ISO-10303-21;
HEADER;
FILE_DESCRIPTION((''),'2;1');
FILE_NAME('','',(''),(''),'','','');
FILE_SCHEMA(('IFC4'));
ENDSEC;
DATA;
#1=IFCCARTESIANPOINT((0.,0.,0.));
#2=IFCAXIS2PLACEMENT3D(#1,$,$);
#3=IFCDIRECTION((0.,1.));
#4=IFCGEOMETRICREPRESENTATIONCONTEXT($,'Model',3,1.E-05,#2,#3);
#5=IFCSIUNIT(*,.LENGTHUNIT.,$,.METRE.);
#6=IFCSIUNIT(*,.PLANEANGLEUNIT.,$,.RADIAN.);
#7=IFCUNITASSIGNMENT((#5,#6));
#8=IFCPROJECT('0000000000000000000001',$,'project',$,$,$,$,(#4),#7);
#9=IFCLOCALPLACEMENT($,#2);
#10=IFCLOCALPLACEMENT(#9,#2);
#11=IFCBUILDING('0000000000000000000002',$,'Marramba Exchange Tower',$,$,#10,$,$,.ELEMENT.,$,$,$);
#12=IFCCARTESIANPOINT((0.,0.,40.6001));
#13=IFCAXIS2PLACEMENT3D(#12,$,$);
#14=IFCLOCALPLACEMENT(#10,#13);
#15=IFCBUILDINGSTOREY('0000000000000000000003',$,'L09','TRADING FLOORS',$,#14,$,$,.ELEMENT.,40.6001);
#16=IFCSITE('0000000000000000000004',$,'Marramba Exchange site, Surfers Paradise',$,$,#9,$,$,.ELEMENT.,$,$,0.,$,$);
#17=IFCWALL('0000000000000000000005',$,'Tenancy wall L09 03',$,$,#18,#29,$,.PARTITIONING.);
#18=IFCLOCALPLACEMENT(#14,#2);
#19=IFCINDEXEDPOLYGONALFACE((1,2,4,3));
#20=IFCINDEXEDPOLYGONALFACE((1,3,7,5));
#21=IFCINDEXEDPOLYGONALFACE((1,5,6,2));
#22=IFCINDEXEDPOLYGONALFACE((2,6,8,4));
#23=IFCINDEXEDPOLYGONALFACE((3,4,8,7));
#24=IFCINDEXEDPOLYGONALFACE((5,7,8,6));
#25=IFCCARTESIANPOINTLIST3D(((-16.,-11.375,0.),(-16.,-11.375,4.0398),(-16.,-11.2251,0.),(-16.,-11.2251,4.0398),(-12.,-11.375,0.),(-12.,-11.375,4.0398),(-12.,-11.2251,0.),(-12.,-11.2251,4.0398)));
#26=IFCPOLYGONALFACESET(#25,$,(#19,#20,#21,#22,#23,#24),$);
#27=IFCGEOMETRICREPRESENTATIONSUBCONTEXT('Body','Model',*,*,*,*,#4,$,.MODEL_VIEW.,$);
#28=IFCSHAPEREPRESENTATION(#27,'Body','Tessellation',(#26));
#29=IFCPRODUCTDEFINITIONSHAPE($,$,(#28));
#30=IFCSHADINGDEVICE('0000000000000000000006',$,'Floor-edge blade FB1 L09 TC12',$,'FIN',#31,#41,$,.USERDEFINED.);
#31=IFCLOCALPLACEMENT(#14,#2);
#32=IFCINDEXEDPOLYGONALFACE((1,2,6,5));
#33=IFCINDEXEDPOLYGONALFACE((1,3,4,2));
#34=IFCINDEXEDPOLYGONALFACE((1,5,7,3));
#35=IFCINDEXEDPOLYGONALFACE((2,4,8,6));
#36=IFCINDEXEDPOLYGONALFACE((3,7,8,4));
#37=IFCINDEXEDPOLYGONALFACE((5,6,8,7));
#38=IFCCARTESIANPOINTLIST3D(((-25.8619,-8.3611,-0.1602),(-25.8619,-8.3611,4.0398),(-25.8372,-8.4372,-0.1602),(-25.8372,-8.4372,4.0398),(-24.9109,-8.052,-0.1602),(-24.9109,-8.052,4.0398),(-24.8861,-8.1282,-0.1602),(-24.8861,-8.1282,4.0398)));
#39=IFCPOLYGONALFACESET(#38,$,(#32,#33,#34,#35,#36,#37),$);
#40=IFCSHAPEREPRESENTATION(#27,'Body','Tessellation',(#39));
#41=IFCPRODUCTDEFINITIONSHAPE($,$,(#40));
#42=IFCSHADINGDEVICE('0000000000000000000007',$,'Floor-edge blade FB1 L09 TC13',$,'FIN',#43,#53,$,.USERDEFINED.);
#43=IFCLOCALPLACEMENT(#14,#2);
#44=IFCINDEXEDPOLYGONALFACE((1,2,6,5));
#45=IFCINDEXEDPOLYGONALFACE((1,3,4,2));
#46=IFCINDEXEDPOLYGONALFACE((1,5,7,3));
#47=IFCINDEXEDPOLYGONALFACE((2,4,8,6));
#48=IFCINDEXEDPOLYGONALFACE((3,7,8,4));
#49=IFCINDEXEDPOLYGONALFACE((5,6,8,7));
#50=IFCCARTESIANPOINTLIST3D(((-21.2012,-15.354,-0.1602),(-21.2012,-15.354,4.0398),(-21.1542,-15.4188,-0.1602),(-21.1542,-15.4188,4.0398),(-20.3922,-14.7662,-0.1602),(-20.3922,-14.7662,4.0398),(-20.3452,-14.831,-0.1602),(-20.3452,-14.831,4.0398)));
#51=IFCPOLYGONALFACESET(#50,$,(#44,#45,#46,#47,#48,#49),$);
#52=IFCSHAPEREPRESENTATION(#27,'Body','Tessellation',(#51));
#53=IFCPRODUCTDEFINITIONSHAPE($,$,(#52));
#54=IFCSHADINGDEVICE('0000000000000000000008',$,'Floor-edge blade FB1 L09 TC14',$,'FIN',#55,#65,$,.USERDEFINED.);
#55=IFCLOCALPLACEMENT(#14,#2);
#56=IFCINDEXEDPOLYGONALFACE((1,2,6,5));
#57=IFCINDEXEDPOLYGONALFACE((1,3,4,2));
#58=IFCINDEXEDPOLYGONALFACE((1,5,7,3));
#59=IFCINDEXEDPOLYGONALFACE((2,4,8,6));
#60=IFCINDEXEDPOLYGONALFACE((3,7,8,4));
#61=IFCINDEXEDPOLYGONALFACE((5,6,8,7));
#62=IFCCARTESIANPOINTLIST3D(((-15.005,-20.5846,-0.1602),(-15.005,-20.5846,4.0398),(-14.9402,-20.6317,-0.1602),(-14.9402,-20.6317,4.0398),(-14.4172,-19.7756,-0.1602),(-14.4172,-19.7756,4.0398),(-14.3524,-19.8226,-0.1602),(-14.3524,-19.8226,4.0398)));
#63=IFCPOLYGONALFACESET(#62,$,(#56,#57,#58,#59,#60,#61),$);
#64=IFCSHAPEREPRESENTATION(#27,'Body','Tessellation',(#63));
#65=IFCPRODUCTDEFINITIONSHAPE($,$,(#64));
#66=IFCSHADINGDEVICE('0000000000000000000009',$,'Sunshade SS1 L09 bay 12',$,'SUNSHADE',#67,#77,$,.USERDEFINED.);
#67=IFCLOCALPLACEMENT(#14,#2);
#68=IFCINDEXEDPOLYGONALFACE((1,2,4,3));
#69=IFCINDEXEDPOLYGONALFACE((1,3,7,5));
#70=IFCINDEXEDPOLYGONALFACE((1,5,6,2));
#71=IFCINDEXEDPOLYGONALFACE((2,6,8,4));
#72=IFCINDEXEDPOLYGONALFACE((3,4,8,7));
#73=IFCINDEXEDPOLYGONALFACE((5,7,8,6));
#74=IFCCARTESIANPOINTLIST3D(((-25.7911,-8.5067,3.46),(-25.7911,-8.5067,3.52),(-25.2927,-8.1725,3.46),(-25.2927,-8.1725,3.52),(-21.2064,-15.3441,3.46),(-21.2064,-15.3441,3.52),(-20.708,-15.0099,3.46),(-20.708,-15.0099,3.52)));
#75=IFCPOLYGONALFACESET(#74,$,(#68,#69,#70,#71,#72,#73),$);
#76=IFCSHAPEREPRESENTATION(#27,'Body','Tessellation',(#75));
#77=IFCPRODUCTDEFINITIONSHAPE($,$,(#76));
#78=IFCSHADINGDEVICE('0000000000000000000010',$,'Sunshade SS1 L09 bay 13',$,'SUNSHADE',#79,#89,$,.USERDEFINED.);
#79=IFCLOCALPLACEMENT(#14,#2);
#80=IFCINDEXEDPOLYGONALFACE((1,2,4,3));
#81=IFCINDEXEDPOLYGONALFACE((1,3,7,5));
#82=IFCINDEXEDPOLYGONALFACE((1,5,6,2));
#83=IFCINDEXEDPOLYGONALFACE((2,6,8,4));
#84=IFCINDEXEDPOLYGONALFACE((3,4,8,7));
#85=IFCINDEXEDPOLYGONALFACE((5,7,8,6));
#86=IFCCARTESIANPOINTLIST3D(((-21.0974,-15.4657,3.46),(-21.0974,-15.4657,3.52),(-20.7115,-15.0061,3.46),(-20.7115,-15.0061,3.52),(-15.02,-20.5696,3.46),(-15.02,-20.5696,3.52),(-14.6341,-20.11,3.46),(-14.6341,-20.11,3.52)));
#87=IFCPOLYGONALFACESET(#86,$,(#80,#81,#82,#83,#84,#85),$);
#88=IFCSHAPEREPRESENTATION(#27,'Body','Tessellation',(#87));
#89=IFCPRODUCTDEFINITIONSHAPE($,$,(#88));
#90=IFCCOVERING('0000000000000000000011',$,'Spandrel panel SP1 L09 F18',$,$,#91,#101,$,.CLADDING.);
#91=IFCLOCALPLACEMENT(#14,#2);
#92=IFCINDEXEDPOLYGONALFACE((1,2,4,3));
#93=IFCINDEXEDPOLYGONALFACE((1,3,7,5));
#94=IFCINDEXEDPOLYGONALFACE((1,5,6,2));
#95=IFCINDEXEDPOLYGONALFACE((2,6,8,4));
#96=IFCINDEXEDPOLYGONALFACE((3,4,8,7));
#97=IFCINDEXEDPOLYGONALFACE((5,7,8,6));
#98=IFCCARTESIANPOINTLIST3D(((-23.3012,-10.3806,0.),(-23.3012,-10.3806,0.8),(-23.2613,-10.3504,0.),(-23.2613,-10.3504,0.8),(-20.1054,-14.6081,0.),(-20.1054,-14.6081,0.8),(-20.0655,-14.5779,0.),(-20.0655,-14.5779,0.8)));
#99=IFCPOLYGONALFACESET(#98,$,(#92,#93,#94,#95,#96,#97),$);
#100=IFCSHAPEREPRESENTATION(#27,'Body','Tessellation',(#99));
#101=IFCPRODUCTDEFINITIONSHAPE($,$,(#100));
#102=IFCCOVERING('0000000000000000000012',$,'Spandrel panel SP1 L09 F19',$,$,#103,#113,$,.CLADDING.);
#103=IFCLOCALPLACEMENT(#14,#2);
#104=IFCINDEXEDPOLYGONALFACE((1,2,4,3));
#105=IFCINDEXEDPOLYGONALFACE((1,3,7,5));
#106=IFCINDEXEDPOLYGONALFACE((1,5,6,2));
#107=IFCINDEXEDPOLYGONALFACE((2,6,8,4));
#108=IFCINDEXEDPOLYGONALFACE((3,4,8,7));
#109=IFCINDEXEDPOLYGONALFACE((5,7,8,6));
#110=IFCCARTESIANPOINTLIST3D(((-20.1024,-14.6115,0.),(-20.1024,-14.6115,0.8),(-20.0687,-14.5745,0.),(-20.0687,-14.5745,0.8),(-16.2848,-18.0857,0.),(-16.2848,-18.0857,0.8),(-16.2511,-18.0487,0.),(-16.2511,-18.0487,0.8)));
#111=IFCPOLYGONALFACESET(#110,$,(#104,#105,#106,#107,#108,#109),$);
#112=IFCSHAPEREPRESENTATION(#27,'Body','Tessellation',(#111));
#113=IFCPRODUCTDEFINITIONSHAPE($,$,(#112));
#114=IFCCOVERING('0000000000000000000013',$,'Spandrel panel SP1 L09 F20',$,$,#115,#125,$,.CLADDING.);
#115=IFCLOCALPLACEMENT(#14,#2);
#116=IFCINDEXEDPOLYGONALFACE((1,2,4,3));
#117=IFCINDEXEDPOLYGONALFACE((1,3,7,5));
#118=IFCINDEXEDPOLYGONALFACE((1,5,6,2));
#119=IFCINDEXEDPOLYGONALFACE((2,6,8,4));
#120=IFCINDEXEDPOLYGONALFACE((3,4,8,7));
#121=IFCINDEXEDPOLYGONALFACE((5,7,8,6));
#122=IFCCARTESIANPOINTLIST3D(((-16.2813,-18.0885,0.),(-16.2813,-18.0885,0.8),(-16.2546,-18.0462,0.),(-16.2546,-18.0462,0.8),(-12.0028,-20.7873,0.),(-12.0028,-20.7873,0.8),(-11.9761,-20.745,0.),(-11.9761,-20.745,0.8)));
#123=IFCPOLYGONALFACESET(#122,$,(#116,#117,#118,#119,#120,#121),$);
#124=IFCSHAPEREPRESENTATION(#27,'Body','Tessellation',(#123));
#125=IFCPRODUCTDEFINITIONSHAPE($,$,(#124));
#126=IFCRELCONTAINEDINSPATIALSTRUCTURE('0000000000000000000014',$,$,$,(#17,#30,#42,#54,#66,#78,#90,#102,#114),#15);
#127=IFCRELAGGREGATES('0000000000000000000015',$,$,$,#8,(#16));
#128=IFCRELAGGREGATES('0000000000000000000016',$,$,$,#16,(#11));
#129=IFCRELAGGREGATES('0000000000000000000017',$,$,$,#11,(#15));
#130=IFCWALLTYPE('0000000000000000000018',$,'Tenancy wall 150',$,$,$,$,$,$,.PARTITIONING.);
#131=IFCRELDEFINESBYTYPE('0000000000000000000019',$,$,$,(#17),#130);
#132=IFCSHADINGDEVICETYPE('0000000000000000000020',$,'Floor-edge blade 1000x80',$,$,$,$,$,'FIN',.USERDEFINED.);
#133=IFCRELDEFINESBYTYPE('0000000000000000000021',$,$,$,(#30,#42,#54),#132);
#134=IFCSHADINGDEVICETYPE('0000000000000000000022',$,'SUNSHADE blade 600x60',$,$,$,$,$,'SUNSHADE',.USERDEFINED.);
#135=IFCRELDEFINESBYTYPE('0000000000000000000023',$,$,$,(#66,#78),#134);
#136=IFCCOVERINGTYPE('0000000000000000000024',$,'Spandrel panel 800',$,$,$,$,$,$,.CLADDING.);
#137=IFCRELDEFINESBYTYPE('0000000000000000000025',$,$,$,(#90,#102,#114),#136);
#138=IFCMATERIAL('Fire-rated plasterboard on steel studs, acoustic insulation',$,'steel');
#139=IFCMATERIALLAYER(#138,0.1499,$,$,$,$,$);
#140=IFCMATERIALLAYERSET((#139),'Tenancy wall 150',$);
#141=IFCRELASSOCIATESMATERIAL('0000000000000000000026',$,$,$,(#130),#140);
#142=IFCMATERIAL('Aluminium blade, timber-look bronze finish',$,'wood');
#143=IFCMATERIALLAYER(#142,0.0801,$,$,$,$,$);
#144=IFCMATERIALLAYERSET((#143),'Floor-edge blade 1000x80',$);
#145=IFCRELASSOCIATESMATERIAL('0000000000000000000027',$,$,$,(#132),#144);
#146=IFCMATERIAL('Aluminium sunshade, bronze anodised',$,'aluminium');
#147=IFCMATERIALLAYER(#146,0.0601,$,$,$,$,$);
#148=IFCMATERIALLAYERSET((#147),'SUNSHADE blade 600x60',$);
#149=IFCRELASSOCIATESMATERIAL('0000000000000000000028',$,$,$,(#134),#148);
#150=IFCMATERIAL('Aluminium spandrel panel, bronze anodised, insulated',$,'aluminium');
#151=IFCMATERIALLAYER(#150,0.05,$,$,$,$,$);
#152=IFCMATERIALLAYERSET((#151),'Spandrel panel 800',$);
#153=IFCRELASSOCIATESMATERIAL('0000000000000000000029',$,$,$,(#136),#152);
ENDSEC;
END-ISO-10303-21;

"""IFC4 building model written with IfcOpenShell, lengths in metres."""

from ifc_helpers import new_model, si_unit, direction, frame, frame_2d, origin, origin_2d, place, context, subcontext, project, spatial, rectangle, extrude, material, layer, layer_set, type_object, element, save


model = new_model("IFC4")

# Units and contexts
model_context = context("Model", 3, precision=1e-05, world=origin(), true_north=direction((0.0, 1.0)))
body_context = subcontext(model_context, "Body", "Model", "MODEL_VIEW")
ifc_project = project(units=[si_unit("LENGTHUNIT", "METRE"), si_unit("PLANEANGLEUNIT", "RADIAN")], contexts=[model_context])

# Site, building, storey
site_placement = place(None, origin())
site = spatial("IfcSite", under=ifc_project, at=site_placement, Name="Marramba Exchange site, Surfers Paradise", CompositionType="ELEMENT", RefElevation=0.0)
building_placement = place(site_placement, origin())
building = spatial("IfcBuilding", under=site, at=building_placement, Name="Marramba Exchange Tower", CompositionType="ELEMENT")
storey_placement = place(building_placement, frame((0.0, 0.0, 40.6001)))
storey = spatial("IfcBuildingStorey", under=building, at=storey_placement, Name="L09", Description="TRADING FLOORS", CompositionType="ELEMENT", Elevation=40.6001)

# Wall
ifc_material_1 = material(Name="Fire-rated plasterboard on steel studs, acoustic insulation", Category="steel")
ifc_layer_1 = layer(ifc_material_1, 0.1499)
ifc_layer_set_1 = layer_set([ifc_layer_1], Name="Tenancy wall 150")
wall_type_1 = type_object("IfcWallType", Name="Tenancy wall 150", PredefinedType="PARTITIONING", material=ifc_layer_set_1)
wall_1_placement = place(storey_placement, frame((-16.0, -11.3, 0.0), z_axis=(0.0, 0.0, 1.0), x_axis=(1.0, 0.0, 0.0)))
element("IfcWall", 1, at=wall_1_placement, inside=storey, type_object=wall_type_1, Name="Tenancy wall L09 03", PredefinedType="PARTITIONING", context=body_context, shape_type="SweptSolid", body=[
    extrude(rectangle(XDim=4.0, YDim=0.1499, at=frame_2d((2.0, 0.0))), origin(), (0.0, 0.0, 1.0), 4.0398),
])

# Shading devices
ifc_material_2 = material(Name="Aluminium blade, timber-look bronze finish", Category="wood")
ifc_layer_2 = layer(ifc_material_2, 0.0801)
ifc_layer_set_2 = layer_set([ifc_layer_2], Name="Floor-edge blade 1000x80")
shading_device_type_1 = type_object("IfcShadingDeviceType", Name="Floor-edge blade 1000x80", ElementType="FIN", PredefinedType="USERDEFINED", material=ifc_layer_set_2)
for number, where, z_axis, x_axis, name in (
    (2, (-25.374, -8.2446, -0.1602), (0.0, 0.0, 1.0), (-0.951057, -0.309017, 0.0), "Floor-edge blade FB1 L09 TC12"),
    (3, (-20.7732, -15.0925, -0.1602), (0.0, 0.0, 1.0), (-0.809017, -0.587785, 0.0), "Floor-edge blade FB1 L09 TC13"),
    (4, (-14.6787, -20.2036, -0.1602), (0.0, 0.0, 1.0), (-0.587785, -0.809017, 0.0), "Floor-edge blade FB1 L09 TC14"),
):
    element("IfcShadingDevice", number, at=place(storey_placement, frame(where, z_axis=z_axis, x_axis=x_axis)), inside=storey, type_object=shading_device_type_1, Name=name, ObjectType="FIN", PredefinedType="USERDEFINED", context=body_context, shape_type="SweptSolid", body=[
        extrude(rectangle(XDim=1.0, YDim=0.0801, at=origin_2d()), origin(), (0.0, 0.0, 1.0), 4.2),
    ])
ifc_material_3 = material(Name="Aluminium sunshade, bronze anodised", Category="aluminium")
ifc_layer_3 = layer(ifc_material_3, 0.0601)
ifc_layer_set_3 = layer_set([ifc_layer_3], Name="SUNSHADE blade 600x60")
shading_device_type_2 = type_object("IfcShadingDeviceType", Name="SUNSHADE blade 600x60", ElementType="SUNSHADE", PredefinedType="USERDEFINED", material=ifc_layer_set_3)
shading_device_1_placement = place(storey_placement, frame((-23.2495, -11.7583, 3.46), z_axis=(0.0, 0.0, 1.0), x_axis=(0.556924, -0.830563, 0.0)))
element("IfcShadingDevice", 5, at=shading_device_1_placement, inside=storey, type_object=shading_device_type_2, Name="Sunshade SS1 L09 bay 12", ObjectType="SUNSHADE", PredefinedType="USERDEFINED", context=body_context, shape_type="SweptSolid", body=[
    extrude(rectangle(XDim=8.2322, YDim=0.6001, at=origin_2d()), origin(), (0.0, 0.0, 1.0), 0.0601),
])
shading_device_2_placement = place(storey_placement, frame((-17.8657, -17.7878, 3.46), z_axis=(0.0, 0.0, 1.0), x_axis=(0.765776, -0.643107, 0.0)))
element("IfcShadingDevice", 6, at=shading_device_2_placement, inside=storey, type_object=shading_device_type_2, Name="Sunshade SS1 L09 bay 13", ObjectType="SUNSHADE", PredefinedType="USERDEFINED", context=body_context, shape_type="SweptSolid", body=[
    extrude(rectangle(XDim=7.9363, YDim=0.6001, at=origin_2d()), origin(), (0.0, 0.0, 1.0), 0.0601),
])

# Coverings
ifc_material_4 = material(Name="Aluminium spandrel panel, bronze anodised, insulated", Category="aluminium")
ifc_layer_4 = layer(ifc_material_4, 0.05)
ifc_layer_set_4 = layer_set([ifc_layer_4], Name="Spandrel panel 800")
covering_type = type_object("IfcCoveringType", Name="Spandrel panel 800", PredefinedType="CLADDING", material=ifc_layer_set_4)
covering_1_placement = place(storey_placement, frame((-21.6833, -12.4792, 0.0), z_axis=(0.0, 0.0, 1.0), x_axis=(0.60304, -0.797711, 0.0)))
element("IfcCovering", 7, at=covering_1_placement, inside=storey, type_object=covering_type, Name="Spandrel panel SP1 L09 F18", PredefinedType="CLADDING", context=body_context, shape_type="SweptSolid", body=[
    extrude(rectangle(XDim=5.2996, YDim=0.05, at=origin_2d()), origin(), (0.0, 0.0, 1.0), 0.8),
])
covering_2_placement = place(storey_placement, frame((-18.1768, -16.3301, 0.0), z_axis=(0.0, 0.0, 1.0), x_axis=(0.73959, -0.673058, 0.0)))
element("IfcCovering", 8, at=covering_2_placement, inside=storey, type_object=covering_type, Name="Spandrel panel SP1 L09 F19", PredefinedType="CLADDING", context=body_context, shape_type="SweptSolid", body=[
    extrude(rectangle(XDim=5.1619, YDim=0.05, at=origin_2d()), origin(), (0.0, 0.0, 1.0), 0.8),
])
covering_3_placement = place(storey_placement, frame((-14.1287, -19.4167, 0.0), z_axis=(0.0, 0.0, 1.0), x_axis=(0.845791, -0.533515, 0.0)))
element("IfcCovering", 9, at=covering_3_placement, inside=storey, type_object=covering_type, Name="Spandrel panel SP1 L09 F20", PredefinedType="CLADDING", context=body_context, shape_type="SweptSolid", body=[
    extrude(rectangle(XDim=5.0586, YDim=0.05, at=origin_2d()), origin(), (0.0, 0.0, 1.0), 0.8),
])

save(model, "model.ifc")
